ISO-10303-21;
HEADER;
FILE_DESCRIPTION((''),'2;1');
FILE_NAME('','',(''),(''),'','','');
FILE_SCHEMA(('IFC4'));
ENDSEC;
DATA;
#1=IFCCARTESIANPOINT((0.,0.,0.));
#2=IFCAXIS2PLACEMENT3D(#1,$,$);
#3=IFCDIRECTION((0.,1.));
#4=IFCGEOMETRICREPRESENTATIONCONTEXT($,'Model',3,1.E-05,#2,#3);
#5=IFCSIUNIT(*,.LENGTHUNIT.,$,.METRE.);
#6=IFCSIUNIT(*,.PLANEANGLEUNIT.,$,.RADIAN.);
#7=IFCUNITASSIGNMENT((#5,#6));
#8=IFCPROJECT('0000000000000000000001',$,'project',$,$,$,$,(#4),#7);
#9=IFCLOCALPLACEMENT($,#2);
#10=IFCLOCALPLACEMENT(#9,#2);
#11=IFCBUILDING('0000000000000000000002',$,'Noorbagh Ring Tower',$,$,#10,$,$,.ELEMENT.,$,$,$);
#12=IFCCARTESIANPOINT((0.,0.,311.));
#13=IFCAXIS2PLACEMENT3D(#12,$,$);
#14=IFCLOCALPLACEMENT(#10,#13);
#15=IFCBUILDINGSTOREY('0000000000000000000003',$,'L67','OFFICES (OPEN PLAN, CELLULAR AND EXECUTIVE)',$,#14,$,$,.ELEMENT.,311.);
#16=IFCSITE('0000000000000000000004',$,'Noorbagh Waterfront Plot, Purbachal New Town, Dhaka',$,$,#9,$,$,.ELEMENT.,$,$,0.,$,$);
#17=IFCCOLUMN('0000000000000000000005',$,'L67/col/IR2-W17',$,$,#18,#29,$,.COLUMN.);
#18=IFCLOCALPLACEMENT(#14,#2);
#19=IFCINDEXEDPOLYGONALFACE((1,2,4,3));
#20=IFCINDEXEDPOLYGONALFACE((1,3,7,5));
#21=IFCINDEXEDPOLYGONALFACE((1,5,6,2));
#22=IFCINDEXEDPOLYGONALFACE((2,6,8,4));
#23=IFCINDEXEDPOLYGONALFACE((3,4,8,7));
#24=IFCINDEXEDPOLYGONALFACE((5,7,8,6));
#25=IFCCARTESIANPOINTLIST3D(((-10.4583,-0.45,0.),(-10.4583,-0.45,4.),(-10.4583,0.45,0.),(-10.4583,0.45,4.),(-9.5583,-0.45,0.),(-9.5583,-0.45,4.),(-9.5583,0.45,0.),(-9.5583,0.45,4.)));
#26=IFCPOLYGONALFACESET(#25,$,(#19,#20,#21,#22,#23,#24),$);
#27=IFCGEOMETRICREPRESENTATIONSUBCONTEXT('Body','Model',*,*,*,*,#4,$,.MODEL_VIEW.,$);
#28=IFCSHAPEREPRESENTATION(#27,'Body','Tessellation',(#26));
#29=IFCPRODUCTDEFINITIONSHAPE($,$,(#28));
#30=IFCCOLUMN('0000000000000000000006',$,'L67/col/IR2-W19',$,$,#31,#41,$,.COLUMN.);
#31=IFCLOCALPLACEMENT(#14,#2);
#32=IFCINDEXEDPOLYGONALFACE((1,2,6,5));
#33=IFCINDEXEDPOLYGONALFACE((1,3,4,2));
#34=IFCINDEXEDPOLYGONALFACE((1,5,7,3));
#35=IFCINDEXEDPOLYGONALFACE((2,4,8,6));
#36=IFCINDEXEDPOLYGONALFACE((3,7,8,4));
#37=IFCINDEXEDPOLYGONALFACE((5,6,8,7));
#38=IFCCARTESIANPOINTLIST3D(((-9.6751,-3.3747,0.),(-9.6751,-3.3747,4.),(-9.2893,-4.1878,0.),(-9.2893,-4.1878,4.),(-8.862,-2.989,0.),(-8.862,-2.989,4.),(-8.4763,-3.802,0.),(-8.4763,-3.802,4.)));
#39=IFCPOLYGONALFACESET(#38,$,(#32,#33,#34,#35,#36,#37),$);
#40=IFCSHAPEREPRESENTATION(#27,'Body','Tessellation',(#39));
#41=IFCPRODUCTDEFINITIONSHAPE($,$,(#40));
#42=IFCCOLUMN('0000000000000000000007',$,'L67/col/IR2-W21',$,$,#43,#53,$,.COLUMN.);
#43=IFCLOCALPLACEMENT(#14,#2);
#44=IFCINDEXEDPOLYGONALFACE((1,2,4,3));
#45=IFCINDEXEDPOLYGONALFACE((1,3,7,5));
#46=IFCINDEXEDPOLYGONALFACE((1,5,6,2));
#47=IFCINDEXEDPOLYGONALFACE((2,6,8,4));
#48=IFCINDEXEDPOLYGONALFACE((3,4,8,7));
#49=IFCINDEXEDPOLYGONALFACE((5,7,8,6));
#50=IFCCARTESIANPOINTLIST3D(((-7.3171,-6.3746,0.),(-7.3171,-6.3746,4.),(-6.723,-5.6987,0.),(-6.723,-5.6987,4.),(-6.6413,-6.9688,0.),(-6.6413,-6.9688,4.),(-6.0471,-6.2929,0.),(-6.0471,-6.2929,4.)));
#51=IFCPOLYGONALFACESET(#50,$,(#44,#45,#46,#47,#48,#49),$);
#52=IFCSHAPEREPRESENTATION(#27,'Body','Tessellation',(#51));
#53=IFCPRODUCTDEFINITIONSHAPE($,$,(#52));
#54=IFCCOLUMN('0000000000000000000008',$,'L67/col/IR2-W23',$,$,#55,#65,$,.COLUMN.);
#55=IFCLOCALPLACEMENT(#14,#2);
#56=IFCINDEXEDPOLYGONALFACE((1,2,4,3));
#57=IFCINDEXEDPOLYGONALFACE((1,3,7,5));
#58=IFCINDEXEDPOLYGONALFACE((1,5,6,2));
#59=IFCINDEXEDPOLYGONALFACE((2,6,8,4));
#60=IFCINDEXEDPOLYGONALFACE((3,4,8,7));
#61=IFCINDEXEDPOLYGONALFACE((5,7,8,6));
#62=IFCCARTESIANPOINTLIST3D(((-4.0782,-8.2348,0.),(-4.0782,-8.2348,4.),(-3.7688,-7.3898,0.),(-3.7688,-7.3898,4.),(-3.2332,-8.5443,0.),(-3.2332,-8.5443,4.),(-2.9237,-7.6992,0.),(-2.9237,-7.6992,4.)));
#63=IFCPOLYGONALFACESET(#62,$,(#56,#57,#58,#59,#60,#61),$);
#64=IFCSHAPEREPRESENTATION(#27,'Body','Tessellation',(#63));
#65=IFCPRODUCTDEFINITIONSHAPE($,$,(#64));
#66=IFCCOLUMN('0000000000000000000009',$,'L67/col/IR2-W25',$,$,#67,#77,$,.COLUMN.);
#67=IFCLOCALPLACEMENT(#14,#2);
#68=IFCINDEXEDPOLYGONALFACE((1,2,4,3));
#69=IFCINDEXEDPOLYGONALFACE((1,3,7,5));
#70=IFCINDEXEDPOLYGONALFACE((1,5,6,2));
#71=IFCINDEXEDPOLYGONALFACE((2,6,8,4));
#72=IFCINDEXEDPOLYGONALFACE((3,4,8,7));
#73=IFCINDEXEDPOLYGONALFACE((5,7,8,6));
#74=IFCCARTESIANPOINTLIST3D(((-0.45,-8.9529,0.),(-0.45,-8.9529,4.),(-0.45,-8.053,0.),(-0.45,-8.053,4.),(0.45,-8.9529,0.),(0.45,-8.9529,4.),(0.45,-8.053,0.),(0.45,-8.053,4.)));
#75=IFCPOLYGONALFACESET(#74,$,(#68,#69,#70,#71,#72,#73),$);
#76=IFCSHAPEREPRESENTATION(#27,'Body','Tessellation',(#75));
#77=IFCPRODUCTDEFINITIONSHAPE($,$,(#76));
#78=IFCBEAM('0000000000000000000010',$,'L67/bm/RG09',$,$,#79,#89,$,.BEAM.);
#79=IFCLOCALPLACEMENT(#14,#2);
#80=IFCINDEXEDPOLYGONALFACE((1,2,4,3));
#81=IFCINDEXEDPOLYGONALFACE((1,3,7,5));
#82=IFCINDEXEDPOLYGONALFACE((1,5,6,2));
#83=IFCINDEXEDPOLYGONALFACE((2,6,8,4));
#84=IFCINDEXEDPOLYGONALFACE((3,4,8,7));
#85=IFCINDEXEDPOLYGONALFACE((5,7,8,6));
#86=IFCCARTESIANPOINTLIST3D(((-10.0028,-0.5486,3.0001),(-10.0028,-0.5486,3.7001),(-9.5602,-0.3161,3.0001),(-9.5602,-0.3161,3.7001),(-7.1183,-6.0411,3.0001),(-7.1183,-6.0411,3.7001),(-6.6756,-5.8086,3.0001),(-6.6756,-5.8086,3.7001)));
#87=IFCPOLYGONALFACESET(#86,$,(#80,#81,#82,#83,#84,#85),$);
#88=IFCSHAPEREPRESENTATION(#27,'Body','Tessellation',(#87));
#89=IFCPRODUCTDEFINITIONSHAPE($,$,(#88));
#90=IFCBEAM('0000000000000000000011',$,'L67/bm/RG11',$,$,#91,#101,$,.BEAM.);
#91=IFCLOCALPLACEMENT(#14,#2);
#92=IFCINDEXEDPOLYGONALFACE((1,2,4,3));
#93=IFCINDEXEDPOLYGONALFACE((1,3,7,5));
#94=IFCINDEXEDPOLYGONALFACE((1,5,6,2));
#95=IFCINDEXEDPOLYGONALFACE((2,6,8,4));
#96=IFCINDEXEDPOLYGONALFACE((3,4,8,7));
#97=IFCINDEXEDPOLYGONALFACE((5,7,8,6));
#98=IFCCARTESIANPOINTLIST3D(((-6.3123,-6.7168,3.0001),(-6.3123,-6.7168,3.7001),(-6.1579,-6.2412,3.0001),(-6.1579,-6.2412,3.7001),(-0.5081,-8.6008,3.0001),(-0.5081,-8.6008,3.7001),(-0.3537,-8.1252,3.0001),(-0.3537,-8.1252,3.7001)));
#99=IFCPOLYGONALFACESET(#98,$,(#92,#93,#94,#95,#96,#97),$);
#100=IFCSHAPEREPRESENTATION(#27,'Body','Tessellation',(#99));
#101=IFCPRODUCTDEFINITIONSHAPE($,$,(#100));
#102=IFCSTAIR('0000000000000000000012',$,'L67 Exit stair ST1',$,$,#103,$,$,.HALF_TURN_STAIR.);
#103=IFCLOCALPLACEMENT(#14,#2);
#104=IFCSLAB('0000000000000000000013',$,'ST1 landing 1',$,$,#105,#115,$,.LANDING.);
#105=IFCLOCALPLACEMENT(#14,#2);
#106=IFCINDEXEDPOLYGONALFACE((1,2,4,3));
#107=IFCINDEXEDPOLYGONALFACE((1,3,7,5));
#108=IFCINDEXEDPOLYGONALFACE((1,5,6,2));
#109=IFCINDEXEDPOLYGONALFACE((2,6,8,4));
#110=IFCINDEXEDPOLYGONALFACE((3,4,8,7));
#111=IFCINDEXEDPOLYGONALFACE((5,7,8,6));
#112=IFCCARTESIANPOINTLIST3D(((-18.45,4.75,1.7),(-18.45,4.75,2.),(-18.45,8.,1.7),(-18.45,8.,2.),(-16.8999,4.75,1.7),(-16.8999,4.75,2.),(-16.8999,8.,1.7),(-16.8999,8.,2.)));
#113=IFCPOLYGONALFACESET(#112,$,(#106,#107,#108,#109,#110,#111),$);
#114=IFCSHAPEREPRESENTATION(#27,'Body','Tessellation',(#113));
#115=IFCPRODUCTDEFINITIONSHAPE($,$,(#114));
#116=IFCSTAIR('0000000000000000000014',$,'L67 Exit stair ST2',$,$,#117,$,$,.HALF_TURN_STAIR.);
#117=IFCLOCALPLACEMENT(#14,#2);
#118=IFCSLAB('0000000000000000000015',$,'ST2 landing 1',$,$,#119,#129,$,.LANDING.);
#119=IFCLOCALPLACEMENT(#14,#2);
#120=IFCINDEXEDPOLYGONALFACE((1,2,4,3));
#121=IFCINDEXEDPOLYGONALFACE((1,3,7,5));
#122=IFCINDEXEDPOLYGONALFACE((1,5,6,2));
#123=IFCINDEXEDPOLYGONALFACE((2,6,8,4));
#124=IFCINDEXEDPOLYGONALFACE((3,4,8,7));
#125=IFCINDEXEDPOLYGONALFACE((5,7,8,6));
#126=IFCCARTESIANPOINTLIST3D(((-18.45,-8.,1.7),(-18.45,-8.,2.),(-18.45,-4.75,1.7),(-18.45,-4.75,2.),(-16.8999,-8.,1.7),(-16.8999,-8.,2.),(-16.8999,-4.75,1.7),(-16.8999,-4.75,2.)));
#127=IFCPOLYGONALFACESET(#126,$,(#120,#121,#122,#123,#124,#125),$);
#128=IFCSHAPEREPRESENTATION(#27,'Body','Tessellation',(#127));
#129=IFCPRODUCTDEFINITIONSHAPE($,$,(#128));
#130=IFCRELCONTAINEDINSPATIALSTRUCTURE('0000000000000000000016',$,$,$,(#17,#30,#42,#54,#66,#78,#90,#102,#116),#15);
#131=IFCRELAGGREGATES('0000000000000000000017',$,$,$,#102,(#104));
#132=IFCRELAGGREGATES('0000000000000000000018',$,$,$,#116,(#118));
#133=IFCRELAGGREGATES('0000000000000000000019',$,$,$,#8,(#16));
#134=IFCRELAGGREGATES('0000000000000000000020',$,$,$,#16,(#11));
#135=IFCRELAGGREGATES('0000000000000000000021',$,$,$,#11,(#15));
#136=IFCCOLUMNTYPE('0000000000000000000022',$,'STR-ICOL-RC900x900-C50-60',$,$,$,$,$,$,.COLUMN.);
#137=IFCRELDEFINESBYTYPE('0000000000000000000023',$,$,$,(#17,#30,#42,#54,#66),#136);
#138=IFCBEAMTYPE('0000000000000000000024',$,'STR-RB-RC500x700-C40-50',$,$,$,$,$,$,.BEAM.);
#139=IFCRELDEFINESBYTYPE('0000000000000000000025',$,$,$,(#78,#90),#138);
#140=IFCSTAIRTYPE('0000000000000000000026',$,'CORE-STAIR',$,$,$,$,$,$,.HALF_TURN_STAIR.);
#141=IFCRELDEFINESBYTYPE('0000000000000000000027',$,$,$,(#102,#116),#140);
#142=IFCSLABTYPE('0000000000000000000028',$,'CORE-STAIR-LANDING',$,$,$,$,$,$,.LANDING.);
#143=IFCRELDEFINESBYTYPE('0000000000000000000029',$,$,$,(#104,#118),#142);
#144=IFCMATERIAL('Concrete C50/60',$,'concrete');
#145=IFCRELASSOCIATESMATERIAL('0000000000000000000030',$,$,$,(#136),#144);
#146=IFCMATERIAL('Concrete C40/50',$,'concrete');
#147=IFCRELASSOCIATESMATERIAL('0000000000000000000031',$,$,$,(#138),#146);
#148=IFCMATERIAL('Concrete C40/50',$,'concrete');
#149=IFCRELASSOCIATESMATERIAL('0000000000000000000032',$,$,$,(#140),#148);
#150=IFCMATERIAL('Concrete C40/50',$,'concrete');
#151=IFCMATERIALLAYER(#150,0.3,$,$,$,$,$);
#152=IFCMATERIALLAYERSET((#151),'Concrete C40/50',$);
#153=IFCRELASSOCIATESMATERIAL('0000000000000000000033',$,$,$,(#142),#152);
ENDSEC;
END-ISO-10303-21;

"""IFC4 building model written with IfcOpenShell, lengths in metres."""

from ifc_helpers import new_model, si_unit, direction, frame, origin, origin_2d, place, context, subcontext, project, spatial, polyline, rectangle, outline, extrude, material, layer, layer_set, material_profile, profile_set, type_object, element, aggregate, save


model = new_model("IFC4")

# Units and contexts
model_context = context("Model", 3, precision=1e-05, world=origin(), true_north=direction((0.0, 1.0)))
body_context = subcontext(model_context, "Body", "Model", "MODEL_VIEW")
ifc_project = project(units=[si_unit("LENGTHUNIT", "METRE"), si_unit("PLANEANGLEUNIT", "RADIAN")], contexts=[model_context])

# Site, building, storey
site_placement = place(None, origin())
site = spatial("IfcSite", under=ifc_project, at=site_placement, Name="Noorbagh Waterfront Plot, Purbachal New Town, Dhaka", CompositionType="ELEMENT", RefElevation=0.0)
building_placement = place(site_placement, origin())
building = spatial("IfcBuilding", under=site, at=building_placement, Name="Noorbagh Ring Tower", CompositionType="ELEMENT")
storey_placement = place(building_placement, frame((0.0, 0.0, 311.0)))
storey = spatial("IfcBuildingStorey", under=building, at=storey_placement, Name="L67", Description="OFFICES (OPEN PLAN, CELLULAR AND EXECUTIVE)", CompositionType="ELEMENT", Elevation=311.0)

# Columns
ifc_material_1 = material(Name="Concrete C50/60", Category="concrete")
ifc_material_profile_1 = material_profile(ifc_material_1, rectangle(XDim=0.8999, YDim=0.8999, at=origin_2d()), Name="RC900x900")
ifc_profile_set_1 = profile_set([ifc_material_profile_1], Name="Concrete C50/60")
column_type = type_object("IfcColumnType", Name="STR-ICOL-RC900x900-C50-60", PredefinedType="COLUMN", material=ifc_profile_set_1)
for number, where, z_axis, x_axis, name in (
    (1, (-10.0083, 0.0, 0.0), (0.0, 0.0, 1.0), (0.0, -1.0, 0.0), "L67/col/IR2-W17"),
    (2, (-9.0757, -3.5884, 0.0), (0.0, 0.0, 1.0), (0.428667, -0.903463, 0.0), "L67/col/IR2-W19"),
    (3, (-6.6821, -6.3337, 0.0), (0.0, 0.0, 1.0), (0.751022, -0.660277, 0.0), "L67/col/IR2-W21"),
    (4, (-3.501, -7.967, 0.0), (0.0, 0.0, 1.0), (0.93902, -0.343864, 0.0), "L67/col/IR2-W23"),
    (5, (0.0, -8.5029, 0.0), (0.0, 0.0, 1.0), (1.0, 0.0, 0.0), "L67/col/IR2-W25"),
):
    element("IfcColumn", number, at=place(storey_placement, frame(where, z_axis=z_axis, x_axis=x_axis)), inside=storey, type_object=column_type, Name=name, PredefinedType="COLUMN", context=body_context, shape_type="SweptSolid", body=[
        extrude(rectangle(XDim=0.8999, YDim=0.8999, at=origin_2d()), origin(), (0.0, 0.0, 1.0), 4.0),
    ])

# Beams
ifc_material_2 = material(Name="Concrete C40/50", Category="concrete")
ifc_material_profile_2 = material_profile(ifc_material_2, rectangle(XDim=0.5, YDim=0.7, at=origin_2d()), Name="RC500x700")
ifc_profile_set_2 = profile_set([ifc_material_profile_2], Name="Concrete C40/50")
beam_type = type_object("IfcBeamType", Name="STR-RB-RC500x700-C40-50", PredefinedType="BEAM", material=ifc_profile_set_2)
beam_1_placement = place(storey_placement, frame((-9.7815, -0.4324, 3.3501), z_axis=(0.46496, -0.885332, 0.0), x_axis=(0.885332, 0.46496, 0.0)))
element("IfcBeam", 6, at=beam_1_placement, inside=storey, type_object=beam_type, Name="L67/bm/RG09", PredefinedType="BEAM", context=body_context, shape_type="SweptSolid", body=[
    extrude(rectangle(XDim=0.5, YDim=0.7, at=origin_2d()), origin(), (0.0, 0.0, 1.0), 6.2039),
])
beam_2_placement = place(storey_placement, frame((-6.2351, -6.479, 3.3501), z_axis=(0.951146, -0.30874, 0.0), x_axis=(0.30874, 0.951146, 0.0)))
element("IfcBeam", 7, at=beam_2_placement, inside=storey, type_object=beam_type, Name="L67/bm/RG11", PredefinedType="BEAM", context=body_context, shape_type="SweptSolid", body=[
    extrude(rectangle(XDim=0.5, YDim=0.7, at=origin_2d()), origin(), (0.0, 0.0, 1.0), 6.1023),
])

# Stairs, slabs
ifc_material_3 = material(Name="Concrete C40/50", Category="concrete")
stair_type = type_object("IfcStairType", Name="CORE-STAIR", PredefinedType="HALF_TURN_STAIR", material=ifc_material_3)
stair_1_placement = place(storey_placement, origin())
stair_1 = element("IfcStair", 8, at=stair_1_placement, inside=storey, type_object=stair_type, Name="L67 Exit stair ST1", PredefinedType="HALF_TURN_STAIR")
ifc_material_4 = material(Name="Concrete C40/50", Category="concrete")
ifc_layer_1 = layer(ifc_material_4, 0.3)
ifc_layer_set_1 = layer_set([ifc_layer_1], Name="Concrete C40/50")
slab_type_1 = type_object("IfcSlabType", Name="CORE-STAIR-LANDING", PredefinedType="LANDING", material=ifc_layer_set_1)
slab_1_placement = place(storey_placement, frame((0.0, 0.0, 1.7)))
slab_1 = element("IfcSlab", 9, at=slab_1_placement, type_object=slab_type_1, Name="ST1 landing 1", PredefinedType="LANDING", context=body_context, shape_type="SweptSolid", body=[
    extrude(outline(polyline([(-18.45, 4.75), (-16.8999, 4.75), (-16.8999, 8.0), (-18.45, 8.0), (-18.45, 4.75)])), origin(), (0.0, 0.0, 1.0), 0.3),
])
aggregate(stair_1, [slab_1])
stair_2_placement = place(storey_placement, origin())
stair_2 = element("IfcStair", 10, at=stair_2_placement, inside=storey, type_object=stair_type, Name="L67 Exit stair ST2", PredefinedType="HALF_TURN_STAIR")
slab_2_placement = place(storey_placement, frame((0.0, 0.0, 1.7)))
slab_2 = element("IfcSlab", 11, at=slab_2_placement, type_object=slab_type_1, Name="ST2 landing 1", PredefinedType="LANDING", context=body_context, shape_type="SweptSolid", body=[
    extrude(outline(polyline([(-18.45, -8.0), (-16.8999, -8.0), (-16.8999, -4.75), (-18.45, -4.75), (-18.45, -8.0)])), origin(), (0.0, 0.0, 1.0), 0.3),
])
aggregate(stair_2, [slab_2])

save(model, "model.ifc")
